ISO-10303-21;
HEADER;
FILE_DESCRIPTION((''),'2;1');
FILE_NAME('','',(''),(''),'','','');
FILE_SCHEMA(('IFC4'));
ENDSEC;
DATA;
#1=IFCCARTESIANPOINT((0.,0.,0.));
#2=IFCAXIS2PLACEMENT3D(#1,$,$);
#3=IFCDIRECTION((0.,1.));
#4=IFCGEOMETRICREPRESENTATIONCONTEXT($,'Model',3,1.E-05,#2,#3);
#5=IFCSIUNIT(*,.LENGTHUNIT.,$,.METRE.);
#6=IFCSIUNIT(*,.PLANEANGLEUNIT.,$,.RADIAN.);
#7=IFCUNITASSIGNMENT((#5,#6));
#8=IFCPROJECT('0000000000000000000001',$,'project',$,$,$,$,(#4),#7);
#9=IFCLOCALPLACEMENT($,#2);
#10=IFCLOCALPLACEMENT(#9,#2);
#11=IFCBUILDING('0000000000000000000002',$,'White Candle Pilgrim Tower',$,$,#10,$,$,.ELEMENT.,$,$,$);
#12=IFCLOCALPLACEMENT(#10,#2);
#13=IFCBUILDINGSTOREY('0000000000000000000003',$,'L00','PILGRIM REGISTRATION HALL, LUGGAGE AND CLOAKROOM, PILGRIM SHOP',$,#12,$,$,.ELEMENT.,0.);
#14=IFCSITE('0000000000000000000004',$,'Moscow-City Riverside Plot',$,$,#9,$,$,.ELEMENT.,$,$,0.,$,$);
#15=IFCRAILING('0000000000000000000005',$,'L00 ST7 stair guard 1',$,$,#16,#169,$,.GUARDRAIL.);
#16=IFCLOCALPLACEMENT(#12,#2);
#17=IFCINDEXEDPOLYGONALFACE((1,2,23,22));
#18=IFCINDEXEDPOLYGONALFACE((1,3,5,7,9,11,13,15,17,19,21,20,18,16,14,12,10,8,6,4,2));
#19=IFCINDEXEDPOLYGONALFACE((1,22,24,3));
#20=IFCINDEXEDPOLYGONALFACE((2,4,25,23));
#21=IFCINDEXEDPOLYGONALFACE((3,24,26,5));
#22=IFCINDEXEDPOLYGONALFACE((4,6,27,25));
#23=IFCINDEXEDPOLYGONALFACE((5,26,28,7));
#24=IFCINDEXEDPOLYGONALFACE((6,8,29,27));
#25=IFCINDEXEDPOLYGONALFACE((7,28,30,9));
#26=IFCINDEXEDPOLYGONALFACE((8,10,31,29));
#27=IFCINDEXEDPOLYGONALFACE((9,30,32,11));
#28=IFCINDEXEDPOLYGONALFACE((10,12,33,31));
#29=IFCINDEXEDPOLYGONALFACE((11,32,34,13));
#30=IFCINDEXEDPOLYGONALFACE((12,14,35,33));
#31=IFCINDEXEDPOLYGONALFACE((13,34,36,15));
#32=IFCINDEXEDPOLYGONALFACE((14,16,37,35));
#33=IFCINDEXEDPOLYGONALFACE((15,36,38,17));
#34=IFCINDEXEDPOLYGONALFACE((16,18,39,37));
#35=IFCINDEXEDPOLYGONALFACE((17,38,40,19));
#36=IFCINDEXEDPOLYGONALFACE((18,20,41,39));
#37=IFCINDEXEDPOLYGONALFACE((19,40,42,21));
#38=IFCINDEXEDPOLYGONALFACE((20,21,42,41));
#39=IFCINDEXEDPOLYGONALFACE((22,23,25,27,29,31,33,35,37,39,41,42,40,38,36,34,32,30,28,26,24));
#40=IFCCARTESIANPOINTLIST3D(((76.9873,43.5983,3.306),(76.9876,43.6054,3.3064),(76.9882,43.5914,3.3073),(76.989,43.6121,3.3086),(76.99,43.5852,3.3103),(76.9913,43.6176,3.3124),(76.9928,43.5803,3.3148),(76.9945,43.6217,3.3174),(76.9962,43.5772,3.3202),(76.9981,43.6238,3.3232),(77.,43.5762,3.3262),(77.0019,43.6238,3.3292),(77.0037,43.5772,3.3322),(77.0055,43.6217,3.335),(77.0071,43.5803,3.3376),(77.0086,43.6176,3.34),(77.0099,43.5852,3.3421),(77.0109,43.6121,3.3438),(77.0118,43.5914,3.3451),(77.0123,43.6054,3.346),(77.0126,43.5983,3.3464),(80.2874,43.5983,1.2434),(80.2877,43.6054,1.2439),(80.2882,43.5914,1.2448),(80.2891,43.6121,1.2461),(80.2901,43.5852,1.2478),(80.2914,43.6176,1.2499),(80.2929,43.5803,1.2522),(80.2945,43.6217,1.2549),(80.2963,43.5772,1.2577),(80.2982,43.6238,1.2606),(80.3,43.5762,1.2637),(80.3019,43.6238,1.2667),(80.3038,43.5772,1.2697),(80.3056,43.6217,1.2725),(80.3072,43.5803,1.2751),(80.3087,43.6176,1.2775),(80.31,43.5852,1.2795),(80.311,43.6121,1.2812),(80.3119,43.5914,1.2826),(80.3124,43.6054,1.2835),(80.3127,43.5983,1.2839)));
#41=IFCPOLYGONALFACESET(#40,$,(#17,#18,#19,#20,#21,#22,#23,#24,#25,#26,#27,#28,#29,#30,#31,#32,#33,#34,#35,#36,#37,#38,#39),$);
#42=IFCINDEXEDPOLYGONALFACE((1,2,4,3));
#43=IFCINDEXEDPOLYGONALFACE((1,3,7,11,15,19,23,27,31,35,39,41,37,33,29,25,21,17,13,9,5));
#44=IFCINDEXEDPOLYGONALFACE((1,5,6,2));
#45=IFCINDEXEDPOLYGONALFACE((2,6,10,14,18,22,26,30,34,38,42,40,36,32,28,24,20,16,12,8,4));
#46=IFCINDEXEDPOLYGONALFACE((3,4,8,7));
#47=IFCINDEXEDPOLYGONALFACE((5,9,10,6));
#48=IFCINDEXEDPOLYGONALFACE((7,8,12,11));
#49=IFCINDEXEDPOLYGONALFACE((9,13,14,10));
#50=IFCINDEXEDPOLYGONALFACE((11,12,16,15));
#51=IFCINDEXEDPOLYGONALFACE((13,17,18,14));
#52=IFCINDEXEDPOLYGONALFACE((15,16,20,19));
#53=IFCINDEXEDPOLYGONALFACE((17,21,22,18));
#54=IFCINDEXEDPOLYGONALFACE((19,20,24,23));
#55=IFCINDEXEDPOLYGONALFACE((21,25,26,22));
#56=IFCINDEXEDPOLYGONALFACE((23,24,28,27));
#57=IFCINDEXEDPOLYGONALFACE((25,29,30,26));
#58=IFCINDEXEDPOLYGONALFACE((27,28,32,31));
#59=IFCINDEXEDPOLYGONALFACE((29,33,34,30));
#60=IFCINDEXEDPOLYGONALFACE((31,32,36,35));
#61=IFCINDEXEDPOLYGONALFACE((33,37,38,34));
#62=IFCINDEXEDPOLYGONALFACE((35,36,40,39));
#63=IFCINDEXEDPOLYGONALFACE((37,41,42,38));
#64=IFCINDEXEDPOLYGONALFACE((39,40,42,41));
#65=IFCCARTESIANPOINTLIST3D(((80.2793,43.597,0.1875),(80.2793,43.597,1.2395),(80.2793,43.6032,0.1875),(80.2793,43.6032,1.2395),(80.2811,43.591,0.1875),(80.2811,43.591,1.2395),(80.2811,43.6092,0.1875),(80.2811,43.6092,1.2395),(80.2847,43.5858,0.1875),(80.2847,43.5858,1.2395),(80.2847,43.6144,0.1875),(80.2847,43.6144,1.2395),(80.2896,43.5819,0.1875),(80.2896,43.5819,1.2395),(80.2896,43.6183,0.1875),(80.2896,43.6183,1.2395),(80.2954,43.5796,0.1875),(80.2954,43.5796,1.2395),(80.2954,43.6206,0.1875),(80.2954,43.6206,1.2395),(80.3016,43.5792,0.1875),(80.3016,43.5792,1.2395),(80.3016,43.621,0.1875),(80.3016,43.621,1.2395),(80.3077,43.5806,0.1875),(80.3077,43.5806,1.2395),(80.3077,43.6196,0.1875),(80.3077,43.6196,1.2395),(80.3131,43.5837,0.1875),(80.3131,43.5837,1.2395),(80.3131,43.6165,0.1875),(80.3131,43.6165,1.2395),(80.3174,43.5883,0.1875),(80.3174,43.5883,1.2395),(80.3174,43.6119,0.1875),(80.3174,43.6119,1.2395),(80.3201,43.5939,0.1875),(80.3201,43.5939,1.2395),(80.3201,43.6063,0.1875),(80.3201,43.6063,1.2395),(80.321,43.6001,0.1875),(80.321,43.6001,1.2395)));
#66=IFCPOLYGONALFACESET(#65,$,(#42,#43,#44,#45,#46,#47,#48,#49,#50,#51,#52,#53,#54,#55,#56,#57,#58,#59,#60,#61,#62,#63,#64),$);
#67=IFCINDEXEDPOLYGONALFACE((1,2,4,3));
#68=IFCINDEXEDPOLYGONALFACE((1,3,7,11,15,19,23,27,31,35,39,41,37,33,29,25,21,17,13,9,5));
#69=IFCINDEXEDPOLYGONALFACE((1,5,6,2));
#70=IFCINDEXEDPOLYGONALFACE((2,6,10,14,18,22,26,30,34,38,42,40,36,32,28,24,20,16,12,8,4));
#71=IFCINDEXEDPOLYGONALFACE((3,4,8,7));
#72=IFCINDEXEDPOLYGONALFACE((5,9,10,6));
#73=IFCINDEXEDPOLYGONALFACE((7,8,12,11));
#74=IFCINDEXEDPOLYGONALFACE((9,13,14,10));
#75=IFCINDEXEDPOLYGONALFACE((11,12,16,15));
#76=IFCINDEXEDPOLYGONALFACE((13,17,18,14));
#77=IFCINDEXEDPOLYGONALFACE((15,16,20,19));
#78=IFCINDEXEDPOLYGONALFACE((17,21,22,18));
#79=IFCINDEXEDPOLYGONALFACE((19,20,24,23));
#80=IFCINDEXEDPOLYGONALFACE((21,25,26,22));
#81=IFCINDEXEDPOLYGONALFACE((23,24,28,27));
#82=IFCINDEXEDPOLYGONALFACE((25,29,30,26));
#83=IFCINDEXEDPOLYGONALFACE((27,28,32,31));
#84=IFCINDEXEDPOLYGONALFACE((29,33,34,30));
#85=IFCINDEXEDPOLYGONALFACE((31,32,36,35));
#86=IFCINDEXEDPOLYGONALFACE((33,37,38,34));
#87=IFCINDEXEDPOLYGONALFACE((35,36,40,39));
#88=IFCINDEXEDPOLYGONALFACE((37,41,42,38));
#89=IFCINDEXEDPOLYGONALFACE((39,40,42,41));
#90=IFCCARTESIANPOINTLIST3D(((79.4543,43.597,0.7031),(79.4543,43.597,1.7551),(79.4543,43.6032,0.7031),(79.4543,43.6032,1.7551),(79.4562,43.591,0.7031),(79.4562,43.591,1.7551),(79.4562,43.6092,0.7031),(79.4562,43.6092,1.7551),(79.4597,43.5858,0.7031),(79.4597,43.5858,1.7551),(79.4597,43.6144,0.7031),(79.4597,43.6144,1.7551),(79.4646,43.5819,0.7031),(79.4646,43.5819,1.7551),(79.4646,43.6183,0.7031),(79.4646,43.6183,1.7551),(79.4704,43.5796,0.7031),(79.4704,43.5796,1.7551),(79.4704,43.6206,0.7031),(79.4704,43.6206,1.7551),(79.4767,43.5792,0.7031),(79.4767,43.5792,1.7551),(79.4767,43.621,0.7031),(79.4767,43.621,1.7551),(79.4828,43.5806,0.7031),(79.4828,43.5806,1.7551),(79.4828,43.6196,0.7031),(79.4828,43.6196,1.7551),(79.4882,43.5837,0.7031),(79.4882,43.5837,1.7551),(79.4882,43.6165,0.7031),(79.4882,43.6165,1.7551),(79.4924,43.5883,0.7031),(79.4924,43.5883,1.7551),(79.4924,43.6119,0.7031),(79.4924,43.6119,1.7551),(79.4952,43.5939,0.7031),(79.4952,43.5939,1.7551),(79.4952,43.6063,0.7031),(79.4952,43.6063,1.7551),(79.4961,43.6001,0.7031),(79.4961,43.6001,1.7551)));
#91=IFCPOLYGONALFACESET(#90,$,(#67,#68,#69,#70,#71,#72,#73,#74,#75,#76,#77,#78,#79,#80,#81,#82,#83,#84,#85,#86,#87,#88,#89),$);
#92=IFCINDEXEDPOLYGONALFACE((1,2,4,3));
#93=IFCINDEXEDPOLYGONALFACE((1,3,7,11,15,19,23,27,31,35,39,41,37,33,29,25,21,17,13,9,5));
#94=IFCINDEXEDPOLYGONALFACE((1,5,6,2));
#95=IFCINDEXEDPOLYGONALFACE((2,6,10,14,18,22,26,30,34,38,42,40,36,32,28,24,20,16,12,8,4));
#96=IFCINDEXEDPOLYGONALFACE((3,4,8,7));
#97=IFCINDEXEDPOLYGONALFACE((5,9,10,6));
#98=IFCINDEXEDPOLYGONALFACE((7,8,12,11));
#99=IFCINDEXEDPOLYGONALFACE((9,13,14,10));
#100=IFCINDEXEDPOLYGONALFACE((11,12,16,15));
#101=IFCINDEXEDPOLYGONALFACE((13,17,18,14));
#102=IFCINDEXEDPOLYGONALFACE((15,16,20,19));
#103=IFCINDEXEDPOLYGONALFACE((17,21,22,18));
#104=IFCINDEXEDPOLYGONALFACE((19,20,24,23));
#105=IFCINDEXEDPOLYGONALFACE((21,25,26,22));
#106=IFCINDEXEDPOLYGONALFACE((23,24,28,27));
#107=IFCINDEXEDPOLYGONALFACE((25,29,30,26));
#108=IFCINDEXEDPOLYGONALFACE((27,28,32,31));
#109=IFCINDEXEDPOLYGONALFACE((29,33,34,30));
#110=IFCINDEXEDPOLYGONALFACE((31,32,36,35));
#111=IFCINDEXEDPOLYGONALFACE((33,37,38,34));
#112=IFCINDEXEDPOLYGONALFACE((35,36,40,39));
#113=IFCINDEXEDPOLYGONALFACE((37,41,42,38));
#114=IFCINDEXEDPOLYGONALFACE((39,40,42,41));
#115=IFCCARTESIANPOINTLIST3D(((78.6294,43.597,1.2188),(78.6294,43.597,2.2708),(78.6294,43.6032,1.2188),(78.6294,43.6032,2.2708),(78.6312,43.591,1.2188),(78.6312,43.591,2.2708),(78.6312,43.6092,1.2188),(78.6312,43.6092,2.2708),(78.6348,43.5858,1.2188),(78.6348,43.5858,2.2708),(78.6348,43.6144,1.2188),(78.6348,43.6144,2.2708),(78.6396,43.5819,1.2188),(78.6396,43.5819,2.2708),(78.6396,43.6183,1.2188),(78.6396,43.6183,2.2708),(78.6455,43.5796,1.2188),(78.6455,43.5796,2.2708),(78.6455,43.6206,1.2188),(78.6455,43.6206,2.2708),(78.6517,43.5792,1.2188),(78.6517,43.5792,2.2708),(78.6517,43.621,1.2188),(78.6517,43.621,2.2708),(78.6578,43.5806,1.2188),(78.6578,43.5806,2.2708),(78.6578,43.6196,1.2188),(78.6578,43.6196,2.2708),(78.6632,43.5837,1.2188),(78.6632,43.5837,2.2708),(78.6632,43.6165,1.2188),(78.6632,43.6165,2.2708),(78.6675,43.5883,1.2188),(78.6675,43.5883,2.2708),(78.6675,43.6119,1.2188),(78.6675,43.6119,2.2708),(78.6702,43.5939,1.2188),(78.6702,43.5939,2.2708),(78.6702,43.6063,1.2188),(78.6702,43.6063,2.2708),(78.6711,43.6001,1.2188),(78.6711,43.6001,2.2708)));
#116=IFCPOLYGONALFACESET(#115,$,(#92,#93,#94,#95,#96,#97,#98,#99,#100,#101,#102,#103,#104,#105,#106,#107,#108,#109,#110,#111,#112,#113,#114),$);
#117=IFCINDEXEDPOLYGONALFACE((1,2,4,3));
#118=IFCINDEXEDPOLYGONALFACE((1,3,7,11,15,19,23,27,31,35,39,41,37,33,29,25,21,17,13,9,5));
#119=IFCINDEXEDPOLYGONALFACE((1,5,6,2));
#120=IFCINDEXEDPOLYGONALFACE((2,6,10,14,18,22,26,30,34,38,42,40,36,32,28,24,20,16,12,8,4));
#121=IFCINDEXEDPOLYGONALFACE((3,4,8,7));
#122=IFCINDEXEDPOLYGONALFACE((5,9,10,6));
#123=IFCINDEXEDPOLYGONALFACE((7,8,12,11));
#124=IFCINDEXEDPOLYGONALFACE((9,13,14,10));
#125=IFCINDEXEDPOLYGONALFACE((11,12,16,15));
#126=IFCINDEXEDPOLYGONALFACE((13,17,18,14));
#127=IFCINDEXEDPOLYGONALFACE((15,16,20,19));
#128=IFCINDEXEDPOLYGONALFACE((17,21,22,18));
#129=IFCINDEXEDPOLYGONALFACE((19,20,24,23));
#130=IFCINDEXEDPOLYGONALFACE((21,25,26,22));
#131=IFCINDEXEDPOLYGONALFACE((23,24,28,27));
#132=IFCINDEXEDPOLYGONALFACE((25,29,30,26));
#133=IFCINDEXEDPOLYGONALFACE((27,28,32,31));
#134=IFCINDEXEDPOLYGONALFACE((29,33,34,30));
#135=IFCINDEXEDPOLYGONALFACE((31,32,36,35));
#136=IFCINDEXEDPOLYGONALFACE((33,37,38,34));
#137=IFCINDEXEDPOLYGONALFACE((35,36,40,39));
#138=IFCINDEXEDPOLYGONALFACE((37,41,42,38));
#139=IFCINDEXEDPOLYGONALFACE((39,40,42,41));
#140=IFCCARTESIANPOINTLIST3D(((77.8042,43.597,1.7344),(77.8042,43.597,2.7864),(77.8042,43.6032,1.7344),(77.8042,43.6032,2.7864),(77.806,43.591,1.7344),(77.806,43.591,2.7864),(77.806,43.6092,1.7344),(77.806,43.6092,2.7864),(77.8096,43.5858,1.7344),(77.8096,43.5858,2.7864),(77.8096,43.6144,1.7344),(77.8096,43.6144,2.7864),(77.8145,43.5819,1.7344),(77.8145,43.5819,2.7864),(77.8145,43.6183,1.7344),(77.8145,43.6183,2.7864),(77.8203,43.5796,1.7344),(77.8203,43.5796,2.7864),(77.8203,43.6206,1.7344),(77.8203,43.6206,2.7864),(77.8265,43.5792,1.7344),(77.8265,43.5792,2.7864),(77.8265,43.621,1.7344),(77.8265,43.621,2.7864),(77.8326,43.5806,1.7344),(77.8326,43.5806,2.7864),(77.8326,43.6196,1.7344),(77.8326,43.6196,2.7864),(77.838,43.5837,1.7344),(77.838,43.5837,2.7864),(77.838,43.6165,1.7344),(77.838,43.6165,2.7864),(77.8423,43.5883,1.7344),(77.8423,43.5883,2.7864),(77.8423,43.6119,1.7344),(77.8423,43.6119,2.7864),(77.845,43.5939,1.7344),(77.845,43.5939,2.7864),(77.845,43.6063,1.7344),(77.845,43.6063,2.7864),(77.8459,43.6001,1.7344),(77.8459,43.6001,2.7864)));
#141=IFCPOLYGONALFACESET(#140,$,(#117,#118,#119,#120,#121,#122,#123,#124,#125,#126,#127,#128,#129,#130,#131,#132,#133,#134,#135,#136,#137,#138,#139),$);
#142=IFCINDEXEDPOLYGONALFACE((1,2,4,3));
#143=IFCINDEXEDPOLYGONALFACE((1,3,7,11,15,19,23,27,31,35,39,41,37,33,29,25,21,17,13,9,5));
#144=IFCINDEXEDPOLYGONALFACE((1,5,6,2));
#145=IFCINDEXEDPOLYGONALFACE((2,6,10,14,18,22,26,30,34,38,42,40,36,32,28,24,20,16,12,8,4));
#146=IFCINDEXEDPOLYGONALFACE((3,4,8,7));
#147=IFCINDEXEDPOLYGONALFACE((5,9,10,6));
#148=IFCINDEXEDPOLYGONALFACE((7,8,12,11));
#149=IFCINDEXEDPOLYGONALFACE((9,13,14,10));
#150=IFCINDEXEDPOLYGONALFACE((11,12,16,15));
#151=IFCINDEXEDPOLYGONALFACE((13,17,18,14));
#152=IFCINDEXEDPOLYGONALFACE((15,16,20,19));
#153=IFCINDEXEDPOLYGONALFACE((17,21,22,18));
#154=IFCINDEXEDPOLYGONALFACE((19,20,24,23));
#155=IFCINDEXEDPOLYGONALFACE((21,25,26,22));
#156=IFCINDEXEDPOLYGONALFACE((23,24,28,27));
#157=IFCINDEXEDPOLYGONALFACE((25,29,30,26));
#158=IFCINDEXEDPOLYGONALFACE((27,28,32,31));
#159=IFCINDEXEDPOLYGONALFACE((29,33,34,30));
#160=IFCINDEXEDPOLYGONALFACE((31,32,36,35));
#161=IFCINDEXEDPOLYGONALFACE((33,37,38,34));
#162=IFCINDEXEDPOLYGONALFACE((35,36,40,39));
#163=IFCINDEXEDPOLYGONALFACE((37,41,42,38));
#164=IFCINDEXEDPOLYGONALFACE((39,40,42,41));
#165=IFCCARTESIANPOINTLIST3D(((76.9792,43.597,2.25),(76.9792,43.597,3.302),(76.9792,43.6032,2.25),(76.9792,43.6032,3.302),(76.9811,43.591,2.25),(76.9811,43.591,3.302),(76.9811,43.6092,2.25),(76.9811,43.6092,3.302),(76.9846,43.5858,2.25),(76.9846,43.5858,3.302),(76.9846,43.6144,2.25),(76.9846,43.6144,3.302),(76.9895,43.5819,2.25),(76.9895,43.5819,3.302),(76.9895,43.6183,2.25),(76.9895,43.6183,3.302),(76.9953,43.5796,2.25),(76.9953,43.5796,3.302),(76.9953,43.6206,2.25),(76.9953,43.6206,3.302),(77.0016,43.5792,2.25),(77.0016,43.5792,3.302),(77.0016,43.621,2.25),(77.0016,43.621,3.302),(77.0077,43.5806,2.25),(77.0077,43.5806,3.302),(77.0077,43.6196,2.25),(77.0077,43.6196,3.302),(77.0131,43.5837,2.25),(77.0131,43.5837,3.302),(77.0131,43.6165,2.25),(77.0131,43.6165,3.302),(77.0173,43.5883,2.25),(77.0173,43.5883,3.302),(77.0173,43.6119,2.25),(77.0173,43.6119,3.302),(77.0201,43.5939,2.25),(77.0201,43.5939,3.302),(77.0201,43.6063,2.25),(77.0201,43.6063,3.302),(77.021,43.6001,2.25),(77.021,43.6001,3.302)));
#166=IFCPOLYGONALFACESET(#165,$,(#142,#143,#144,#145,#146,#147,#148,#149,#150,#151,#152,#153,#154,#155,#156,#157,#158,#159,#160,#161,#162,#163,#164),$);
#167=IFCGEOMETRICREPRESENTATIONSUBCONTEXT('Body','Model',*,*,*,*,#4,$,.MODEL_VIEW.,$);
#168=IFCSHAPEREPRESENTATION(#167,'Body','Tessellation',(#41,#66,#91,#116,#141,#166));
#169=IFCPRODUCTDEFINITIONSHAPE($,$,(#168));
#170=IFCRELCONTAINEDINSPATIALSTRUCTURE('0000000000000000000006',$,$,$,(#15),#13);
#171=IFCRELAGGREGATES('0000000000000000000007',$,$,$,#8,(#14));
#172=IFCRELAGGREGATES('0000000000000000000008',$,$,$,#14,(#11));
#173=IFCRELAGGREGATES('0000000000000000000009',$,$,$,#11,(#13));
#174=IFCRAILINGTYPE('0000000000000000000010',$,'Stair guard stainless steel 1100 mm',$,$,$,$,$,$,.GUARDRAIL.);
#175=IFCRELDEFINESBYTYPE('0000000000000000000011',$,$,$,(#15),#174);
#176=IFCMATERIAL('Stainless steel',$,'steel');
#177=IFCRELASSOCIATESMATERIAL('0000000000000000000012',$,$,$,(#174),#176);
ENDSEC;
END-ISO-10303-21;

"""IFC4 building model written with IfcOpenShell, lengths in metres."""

from ifc_helpers import new_model, si_unit, direction, frame, origin, origin_2d, place, context, subcontext, project, spatial, circle, extrude, material, type_object, element, save


model = new_model("IFC4")

# Units and contexts
model_context = context("Model", 3, precision=1e-05, world=origin(), true_north=direction((0.0, 1.0)))
body_context = subcontext(model_context, "Body", "Model", "MODEL_VIEW")
ifc_project = project(units=[si_unit("LENGTHUNIT", "METRE"), si_unit("PLANEANGLEUNIT", "RADIAN")], contexts=[model_context])

# Site, building, storey
site_placement = place(None, origin())
site = spatial("IfcSite", under=ifc_project, at=site_placement, Name="Moscow-City Riverside Plot", CompositionType="ELEMENT", RefElevation=0.0)
building_placement = place(site_placement, origin())
building = spatial("IfcBuilding", under=site, at=building_placement, Name="White Candle Pilgrim Tower", CompositionType="ELEMENT")
storey_placement = place(building_placement, origin())
storey = spatial("IfcBuildingStorey", under=building, at=storey_placement, Name="L00", Description="PILGRIM REGISTRATION HALL, LUGGAGE AND CLOAKROOM, PILGRIM SHOP", CompositionType="ELEMENT", Elevation=0.0)

# Railing
ifc_material_1 = material(Name="Stainless steel", Category="steel")
railing_type_1 = type_object("IfcRailingType", Name="Stair guard stainless steel 1100 mm", PredefinedType="GUARDRAIL", material=ifc_material_1)
railing_1_placement = place(storey_placement, frame((80.3, 43.6001, 0.1875)))
element("IfcRailing", 1, at=railing_1_placement, inside=storey, type_object=railing_type_1, Name="L00 ST7 stair guard 1", PredefinedType="GUARDRAIL", context=body_context, shape_type="SweptSolid", body=[
    extrude(circle(Radius=0.0239, at=origin_2d()), frame((0.0, 0.0, 1.0762), z_axis=(-0.848002, 0.0, 0.529993), x_axis=(0.0, -1.0, 0.0)), (0.0, 0.0, 1.0), 3.8916),
    extrude(circle(Radius=0.021, at=origin_2d()), origin(), (0.0, 0.0, 1.0), 1.052),
    extrude(circle(Radius=0.021, at=origin_2d()), frame((-0.825, 0.0, 0.5156)), (0.0, 0.0, 1.0), 1.052),
    extrude(circle(Radius=0.021, at=origin_2d()), frame((-1.6499, 0.0, 1.0312)), (0.0, 0.0, 1.0), 1.052),
    extrude(circle(Radius=0.021, at=origin_2d()), frame((-2.4751, 0.0, 1.5469)), (0.0, 0.0, 1.0), 1.052),
    extrude(circle(Radius=0.021, at=origin_2d()), frame((-3.3, 0.0, 2.0625)), (0.0, 0.0, 1.0), 1.052),
])

save(model, "model.ifc")
